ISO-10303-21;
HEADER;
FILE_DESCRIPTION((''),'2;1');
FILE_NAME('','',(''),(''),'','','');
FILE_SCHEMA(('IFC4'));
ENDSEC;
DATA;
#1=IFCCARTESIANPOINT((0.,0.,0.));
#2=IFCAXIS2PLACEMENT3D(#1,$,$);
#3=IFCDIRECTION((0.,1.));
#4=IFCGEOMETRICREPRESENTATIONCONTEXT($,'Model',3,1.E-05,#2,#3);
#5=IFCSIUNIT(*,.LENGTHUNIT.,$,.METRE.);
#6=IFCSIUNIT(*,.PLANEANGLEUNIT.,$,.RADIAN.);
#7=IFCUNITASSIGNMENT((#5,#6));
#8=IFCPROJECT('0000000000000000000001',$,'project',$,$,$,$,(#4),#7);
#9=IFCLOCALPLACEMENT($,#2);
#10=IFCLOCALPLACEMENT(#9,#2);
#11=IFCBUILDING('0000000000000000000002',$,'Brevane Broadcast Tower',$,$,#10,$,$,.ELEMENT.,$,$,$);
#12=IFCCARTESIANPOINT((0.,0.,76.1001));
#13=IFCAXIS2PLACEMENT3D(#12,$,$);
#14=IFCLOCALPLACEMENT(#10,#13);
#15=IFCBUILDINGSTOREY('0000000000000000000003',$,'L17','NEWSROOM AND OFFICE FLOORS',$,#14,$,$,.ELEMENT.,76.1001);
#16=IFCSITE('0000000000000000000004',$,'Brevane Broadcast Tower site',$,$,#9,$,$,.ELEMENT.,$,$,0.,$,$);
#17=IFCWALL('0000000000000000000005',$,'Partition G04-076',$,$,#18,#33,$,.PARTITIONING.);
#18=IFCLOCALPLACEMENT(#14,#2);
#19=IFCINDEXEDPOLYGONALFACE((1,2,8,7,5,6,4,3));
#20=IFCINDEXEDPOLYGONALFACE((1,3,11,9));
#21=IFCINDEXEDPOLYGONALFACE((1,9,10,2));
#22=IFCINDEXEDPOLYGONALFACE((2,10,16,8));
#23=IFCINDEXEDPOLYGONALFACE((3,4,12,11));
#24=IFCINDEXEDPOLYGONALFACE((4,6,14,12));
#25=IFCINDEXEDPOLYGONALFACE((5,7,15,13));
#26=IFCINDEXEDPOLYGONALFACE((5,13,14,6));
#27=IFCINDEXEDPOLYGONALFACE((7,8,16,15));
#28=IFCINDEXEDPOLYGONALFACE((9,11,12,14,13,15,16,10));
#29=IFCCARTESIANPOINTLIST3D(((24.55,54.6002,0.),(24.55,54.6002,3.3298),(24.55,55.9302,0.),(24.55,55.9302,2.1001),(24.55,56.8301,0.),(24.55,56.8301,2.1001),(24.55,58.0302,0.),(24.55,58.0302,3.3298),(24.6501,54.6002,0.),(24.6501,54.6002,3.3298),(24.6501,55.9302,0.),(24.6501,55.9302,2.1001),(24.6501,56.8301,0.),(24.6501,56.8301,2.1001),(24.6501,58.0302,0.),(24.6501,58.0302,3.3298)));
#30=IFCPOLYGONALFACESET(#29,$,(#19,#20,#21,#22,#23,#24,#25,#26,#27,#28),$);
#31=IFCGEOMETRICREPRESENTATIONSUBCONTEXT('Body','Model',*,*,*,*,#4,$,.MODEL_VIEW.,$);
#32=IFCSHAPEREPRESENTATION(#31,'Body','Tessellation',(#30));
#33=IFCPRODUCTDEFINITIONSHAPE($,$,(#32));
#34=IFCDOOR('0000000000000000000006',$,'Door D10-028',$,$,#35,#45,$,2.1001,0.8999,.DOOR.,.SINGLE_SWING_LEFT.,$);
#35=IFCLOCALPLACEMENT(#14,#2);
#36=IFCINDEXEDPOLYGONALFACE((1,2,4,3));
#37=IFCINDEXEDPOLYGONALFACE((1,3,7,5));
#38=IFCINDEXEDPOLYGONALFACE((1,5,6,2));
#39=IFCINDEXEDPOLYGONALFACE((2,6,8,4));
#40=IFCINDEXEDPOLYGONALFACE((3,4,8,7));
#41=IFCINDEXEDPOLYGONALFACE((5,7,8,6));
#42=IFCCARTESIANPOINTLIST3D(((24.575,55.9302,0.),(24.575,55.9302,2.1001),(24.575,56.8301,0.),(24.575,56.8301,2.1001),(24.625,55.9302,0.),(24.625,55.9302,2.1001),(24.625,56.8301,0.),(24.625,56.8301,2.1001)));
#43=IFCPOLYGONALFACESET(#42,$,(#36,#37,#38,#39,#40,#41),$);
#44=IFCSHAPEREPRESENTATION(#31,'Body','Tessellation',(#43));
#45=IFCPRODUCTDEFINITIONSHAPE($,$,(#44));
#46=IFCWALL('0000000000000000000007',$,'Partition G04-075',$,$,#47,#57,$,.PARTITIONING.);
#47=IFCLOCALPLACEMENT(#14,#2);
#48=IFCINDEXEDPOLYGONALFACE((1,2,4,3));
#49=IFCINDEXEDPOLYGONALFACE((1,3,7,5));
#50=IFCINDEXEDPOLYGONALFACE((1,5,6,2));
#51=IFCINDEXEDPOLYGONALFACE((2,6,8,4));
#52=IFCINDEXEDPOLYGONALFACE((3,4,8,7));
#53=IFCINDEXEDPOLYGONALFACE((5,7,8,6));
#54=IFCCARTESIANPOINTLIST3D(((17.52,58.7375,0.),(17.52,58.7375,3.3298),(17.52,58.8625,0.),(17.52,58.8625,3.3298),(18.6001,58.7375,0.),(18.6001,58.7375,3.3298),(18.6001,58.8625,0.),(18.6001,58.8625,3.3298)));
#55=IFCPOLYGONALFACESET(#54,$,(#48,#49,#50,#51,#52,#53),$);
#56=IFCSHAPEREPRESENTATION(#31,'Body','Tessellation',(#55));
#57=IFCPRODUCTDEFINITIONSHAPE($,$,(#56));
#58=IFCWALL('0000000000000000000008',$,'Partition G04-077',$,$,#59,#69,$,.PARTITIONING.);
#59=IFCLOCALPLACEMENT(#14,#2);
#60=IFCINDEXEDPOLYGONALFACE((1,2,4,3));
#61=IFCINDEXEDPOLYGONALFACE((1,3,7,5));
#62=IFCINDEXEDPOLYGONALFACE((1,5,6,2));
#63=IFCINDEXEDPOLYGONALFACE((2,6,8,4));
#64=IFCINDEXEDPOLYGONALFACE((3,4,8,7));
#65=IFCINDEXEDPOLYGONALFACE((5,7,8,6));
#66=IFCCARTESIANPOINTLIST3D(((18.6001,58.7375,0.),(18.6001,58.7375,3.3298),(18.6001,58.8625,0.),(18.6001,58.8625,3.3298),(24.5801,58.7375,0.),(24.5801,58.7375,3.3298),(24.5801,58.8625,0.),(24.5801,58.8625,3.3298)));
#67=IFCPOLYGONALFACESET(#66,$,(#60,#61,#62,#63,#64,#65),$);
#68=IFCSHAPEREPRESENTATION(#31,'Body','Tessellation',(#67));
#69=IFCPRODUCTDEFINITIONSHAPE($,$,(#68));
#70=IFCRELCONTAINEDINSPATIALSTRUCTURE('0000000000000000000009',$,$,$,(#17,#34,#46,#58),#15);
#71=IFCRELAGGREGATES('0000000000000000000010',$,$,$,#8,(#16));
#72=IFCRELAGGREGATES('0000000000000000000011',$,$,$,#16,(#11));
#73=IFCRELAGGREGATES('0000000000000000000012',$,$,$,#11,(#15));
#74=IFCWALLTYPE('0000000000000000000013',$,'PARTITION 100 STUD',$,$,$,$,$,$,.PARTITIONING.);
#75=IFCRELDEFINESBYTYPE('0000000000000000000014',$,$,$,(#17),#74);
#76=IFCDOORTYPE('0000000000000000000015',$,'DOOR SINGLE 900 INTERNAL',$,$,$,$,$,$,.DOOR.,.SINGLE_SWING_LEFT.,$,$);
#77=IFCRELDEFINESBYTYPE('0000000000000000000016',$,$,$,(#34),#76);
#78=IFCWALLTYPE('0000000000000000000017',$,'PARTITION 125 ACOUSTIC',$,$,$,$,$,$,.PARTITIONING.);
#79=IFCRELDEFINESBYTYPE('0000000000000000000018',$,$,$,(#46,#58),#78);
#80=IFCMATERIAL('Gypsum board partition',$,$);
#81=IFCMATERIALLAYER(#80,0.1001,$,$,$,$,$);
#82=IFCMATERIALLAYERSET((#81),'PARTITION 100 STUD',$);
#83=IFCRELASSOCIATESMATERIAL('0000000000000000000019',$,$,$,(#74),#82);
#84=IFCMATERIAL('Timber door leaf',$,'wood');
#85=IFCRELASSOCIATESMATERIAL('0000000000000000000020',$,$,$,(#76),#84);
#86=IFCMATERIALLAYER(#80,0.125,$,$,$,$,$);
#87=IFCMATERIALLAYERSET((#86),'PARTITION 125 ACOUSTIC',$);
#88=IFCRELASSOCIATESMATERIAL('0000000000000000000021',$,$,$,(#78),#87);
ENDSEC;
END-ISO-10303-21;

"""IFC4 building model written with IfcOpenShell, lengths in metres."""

from ifc_helpers import new_model, si_unit, direction, frame, frame_2d, origin, place, context, subcontext, project, spatial, rectangle, extrude, material, layer, layer_set, type_object, element, fill, save


model = new_model("IFC4")

# Units and contexts
model_context = context("Model", 3, precision=1e-05, world=origin(), true_north=direction((0.0, 1.0)))
body_context = subcontext(model_context, "Body", "Model", "MODEL_VIEW")
ifc_project = project(units=[si_unit("LENGTHUNIT", "METRE"), si_unit("PLANEANGLEUNIT", "RADIAN")], contexts=[model_context])

# Site, building, storey
site_placement = place(None, origin())
site = spatial("IfcSite", under=ifc_project, at=site_placement, Name="Brevane Broadcast Tower site", CompositionType="ELEMENT", RefElevation=0.0)
building_placement = place(site_placement, origin())
building = spatial("IfcBuilding", under=site, at=building_placement, Name="Brevane Broadcast Tower", CompositionType="ELEMENT")
storey_placement = place(building_placement, frame((0.0, 0.0, 76.1001)))
storey = spatial("IfcBuildingStorey", under=building, at=storey_placement, Name="L17", Description="NEWSROOM AND OFFICE FLOORS", CompositionType="ELEMENT", Elevation=76.1001)

# Shared definitions
ifc_material_1 = material(Name="Gypsum board partition")
ifc_layer_1 = layer(ifc_material_1, 0.1001)
ifc_layer_set_1 = layer_set([ifc_layer_1], Name="PARTITION 100 STUD")
wall_type_1 = type_object("IfcWallType", Name="PARTITION 100 STUD", PredefinedType="PARTITIONING", material=ifc_layer_set_1)

# Shared definitions
ifc_material_2 = material(Name="Timber door leaf", Category="wood")

# Wall, opening, door
wall_1_placement = place(storey_placement, frame((24.6001, 58.03, 0.0), z_axis=(0.0, 0.0, 1.0), x_axis=(0.0, -1.0, 0.0)))
wall_1 = element("IfcWall", 1, at=wall_1_placement, inside=storey, type_object=wall_type_1, Name="Partition G04-076", PredefinedType="PARTITIONING", context=body_context, shape_type="SweptSolid", body=[
    extrude(rectangle(XDim=3.4299, YDim=0.1001, at=frame_2d((1.7148, 0.0))), origin(), (0.0, 0.0, 1.0), 3.3298),
])
opening_1_placement = place(wall_1_placement, frame((1.2, 0.0, 0.0)))
opening_1 = element("IfcOpeningElement", 2, at=opening_1_placement, cuts=wall_1, PredefinedType="OPENING", context=body_context, shape_type="SweptSolid", body=[
    extrude(rectangle(XDim=0.8999, YDim=2.1001, at=frame_2d((0.45, 1.05))), frame((0.0, 0.0601, 0.0), z_axis=(0.0, -1.0, 0.0), x_axis=(1.0, 0.0, 0.0)), (0.0, 0.0, 1.0), 0.1201),
])
door_type_1 = type_object("IfcDoorType", Name="DOOR SINGLE 900 INTERNAL", OperationType="SINGLE_SWING_LEFT", PredefinedType="DOOR", material=ifc_material_2)
door_1_placement = place(opening_1_placement, origin())
door_1 = element("IfcDoor", 3, at=door_1_placement, inside=storey, type_object=door_type_1, Name="Door D10-028", OperationType="SINGLE_SWING_LEFT", OverallHeight=2.1001, OverallWidth=0.8999, PredefinedType="DOOR", context=body_context, shape_type="SweptSolid", body=[
    extrude(rectangle(XDim=0.8999, YDim=2.1001, at=frame_2d((0.45, 1.05))), frame((0.0, 0.0249, 0.0), z_axis=(0.0, -1.0, 0.0), x_axis=(1.0, 0.0, 0.0)), (0.0, 0.0, 1.0), 0.05),
])
fill(opening_1, door_1)

# Walls
ifc_layer_2 = layer(ifc_material_1, 0.125)
ifc_layer_set_2 = layer_set([ifc_layer_2], Name="PARTITION 125 ACOUSTIC")
wall_type_2 = type_object("IfcWallType", Name="PARTITION 125 ACOUSTIC", PredefinedType="PARTITIONING", material=ifc_layer_set_2)
wall_2_placement = place(storey_placement, frame((17.52, 58.8, 0.0), z_axis=(0.0, 0.0, 1.0), x_axis=(1.0, 0.0, 0.0)))
element("IfcWall", 4, at=wall_2_placement, inside=storey, type_object=wall_type_2, Name="Partition G04-075", PredefinedType="PARTITIONING", context=body_context, shape_type="SweptSolid", body=[
    extrude(rectangle(XDim=1.0801, YDim=0.125, at=frame_2d((0.54, 0.0))), origin(), (0.0, 0.0, 1.0), 3.3298),
])
wall_3_placement = place(storey_placement, frame((18.6001, 58.8, 0.0), z_axis=(0.0, 0.0, 1.0), x_axis=(1.0, 0.0, 0.0)))
element("IfcWall", 5, at=wall_3_placement, inside=storey, type_object=wall_type_2, Name="Partition G04-077", PredefinedType="PARTITIONING", context=body_context, shape_type="SweptSolid", body=[
    extrude(rectangle(XDim=5.98, YDim=0.125, at=frame_2d((2.99, 0.0))), origin(), (0.0, 0.0, 1.0), 3.3298),
])

save(model, "model.ifc")
